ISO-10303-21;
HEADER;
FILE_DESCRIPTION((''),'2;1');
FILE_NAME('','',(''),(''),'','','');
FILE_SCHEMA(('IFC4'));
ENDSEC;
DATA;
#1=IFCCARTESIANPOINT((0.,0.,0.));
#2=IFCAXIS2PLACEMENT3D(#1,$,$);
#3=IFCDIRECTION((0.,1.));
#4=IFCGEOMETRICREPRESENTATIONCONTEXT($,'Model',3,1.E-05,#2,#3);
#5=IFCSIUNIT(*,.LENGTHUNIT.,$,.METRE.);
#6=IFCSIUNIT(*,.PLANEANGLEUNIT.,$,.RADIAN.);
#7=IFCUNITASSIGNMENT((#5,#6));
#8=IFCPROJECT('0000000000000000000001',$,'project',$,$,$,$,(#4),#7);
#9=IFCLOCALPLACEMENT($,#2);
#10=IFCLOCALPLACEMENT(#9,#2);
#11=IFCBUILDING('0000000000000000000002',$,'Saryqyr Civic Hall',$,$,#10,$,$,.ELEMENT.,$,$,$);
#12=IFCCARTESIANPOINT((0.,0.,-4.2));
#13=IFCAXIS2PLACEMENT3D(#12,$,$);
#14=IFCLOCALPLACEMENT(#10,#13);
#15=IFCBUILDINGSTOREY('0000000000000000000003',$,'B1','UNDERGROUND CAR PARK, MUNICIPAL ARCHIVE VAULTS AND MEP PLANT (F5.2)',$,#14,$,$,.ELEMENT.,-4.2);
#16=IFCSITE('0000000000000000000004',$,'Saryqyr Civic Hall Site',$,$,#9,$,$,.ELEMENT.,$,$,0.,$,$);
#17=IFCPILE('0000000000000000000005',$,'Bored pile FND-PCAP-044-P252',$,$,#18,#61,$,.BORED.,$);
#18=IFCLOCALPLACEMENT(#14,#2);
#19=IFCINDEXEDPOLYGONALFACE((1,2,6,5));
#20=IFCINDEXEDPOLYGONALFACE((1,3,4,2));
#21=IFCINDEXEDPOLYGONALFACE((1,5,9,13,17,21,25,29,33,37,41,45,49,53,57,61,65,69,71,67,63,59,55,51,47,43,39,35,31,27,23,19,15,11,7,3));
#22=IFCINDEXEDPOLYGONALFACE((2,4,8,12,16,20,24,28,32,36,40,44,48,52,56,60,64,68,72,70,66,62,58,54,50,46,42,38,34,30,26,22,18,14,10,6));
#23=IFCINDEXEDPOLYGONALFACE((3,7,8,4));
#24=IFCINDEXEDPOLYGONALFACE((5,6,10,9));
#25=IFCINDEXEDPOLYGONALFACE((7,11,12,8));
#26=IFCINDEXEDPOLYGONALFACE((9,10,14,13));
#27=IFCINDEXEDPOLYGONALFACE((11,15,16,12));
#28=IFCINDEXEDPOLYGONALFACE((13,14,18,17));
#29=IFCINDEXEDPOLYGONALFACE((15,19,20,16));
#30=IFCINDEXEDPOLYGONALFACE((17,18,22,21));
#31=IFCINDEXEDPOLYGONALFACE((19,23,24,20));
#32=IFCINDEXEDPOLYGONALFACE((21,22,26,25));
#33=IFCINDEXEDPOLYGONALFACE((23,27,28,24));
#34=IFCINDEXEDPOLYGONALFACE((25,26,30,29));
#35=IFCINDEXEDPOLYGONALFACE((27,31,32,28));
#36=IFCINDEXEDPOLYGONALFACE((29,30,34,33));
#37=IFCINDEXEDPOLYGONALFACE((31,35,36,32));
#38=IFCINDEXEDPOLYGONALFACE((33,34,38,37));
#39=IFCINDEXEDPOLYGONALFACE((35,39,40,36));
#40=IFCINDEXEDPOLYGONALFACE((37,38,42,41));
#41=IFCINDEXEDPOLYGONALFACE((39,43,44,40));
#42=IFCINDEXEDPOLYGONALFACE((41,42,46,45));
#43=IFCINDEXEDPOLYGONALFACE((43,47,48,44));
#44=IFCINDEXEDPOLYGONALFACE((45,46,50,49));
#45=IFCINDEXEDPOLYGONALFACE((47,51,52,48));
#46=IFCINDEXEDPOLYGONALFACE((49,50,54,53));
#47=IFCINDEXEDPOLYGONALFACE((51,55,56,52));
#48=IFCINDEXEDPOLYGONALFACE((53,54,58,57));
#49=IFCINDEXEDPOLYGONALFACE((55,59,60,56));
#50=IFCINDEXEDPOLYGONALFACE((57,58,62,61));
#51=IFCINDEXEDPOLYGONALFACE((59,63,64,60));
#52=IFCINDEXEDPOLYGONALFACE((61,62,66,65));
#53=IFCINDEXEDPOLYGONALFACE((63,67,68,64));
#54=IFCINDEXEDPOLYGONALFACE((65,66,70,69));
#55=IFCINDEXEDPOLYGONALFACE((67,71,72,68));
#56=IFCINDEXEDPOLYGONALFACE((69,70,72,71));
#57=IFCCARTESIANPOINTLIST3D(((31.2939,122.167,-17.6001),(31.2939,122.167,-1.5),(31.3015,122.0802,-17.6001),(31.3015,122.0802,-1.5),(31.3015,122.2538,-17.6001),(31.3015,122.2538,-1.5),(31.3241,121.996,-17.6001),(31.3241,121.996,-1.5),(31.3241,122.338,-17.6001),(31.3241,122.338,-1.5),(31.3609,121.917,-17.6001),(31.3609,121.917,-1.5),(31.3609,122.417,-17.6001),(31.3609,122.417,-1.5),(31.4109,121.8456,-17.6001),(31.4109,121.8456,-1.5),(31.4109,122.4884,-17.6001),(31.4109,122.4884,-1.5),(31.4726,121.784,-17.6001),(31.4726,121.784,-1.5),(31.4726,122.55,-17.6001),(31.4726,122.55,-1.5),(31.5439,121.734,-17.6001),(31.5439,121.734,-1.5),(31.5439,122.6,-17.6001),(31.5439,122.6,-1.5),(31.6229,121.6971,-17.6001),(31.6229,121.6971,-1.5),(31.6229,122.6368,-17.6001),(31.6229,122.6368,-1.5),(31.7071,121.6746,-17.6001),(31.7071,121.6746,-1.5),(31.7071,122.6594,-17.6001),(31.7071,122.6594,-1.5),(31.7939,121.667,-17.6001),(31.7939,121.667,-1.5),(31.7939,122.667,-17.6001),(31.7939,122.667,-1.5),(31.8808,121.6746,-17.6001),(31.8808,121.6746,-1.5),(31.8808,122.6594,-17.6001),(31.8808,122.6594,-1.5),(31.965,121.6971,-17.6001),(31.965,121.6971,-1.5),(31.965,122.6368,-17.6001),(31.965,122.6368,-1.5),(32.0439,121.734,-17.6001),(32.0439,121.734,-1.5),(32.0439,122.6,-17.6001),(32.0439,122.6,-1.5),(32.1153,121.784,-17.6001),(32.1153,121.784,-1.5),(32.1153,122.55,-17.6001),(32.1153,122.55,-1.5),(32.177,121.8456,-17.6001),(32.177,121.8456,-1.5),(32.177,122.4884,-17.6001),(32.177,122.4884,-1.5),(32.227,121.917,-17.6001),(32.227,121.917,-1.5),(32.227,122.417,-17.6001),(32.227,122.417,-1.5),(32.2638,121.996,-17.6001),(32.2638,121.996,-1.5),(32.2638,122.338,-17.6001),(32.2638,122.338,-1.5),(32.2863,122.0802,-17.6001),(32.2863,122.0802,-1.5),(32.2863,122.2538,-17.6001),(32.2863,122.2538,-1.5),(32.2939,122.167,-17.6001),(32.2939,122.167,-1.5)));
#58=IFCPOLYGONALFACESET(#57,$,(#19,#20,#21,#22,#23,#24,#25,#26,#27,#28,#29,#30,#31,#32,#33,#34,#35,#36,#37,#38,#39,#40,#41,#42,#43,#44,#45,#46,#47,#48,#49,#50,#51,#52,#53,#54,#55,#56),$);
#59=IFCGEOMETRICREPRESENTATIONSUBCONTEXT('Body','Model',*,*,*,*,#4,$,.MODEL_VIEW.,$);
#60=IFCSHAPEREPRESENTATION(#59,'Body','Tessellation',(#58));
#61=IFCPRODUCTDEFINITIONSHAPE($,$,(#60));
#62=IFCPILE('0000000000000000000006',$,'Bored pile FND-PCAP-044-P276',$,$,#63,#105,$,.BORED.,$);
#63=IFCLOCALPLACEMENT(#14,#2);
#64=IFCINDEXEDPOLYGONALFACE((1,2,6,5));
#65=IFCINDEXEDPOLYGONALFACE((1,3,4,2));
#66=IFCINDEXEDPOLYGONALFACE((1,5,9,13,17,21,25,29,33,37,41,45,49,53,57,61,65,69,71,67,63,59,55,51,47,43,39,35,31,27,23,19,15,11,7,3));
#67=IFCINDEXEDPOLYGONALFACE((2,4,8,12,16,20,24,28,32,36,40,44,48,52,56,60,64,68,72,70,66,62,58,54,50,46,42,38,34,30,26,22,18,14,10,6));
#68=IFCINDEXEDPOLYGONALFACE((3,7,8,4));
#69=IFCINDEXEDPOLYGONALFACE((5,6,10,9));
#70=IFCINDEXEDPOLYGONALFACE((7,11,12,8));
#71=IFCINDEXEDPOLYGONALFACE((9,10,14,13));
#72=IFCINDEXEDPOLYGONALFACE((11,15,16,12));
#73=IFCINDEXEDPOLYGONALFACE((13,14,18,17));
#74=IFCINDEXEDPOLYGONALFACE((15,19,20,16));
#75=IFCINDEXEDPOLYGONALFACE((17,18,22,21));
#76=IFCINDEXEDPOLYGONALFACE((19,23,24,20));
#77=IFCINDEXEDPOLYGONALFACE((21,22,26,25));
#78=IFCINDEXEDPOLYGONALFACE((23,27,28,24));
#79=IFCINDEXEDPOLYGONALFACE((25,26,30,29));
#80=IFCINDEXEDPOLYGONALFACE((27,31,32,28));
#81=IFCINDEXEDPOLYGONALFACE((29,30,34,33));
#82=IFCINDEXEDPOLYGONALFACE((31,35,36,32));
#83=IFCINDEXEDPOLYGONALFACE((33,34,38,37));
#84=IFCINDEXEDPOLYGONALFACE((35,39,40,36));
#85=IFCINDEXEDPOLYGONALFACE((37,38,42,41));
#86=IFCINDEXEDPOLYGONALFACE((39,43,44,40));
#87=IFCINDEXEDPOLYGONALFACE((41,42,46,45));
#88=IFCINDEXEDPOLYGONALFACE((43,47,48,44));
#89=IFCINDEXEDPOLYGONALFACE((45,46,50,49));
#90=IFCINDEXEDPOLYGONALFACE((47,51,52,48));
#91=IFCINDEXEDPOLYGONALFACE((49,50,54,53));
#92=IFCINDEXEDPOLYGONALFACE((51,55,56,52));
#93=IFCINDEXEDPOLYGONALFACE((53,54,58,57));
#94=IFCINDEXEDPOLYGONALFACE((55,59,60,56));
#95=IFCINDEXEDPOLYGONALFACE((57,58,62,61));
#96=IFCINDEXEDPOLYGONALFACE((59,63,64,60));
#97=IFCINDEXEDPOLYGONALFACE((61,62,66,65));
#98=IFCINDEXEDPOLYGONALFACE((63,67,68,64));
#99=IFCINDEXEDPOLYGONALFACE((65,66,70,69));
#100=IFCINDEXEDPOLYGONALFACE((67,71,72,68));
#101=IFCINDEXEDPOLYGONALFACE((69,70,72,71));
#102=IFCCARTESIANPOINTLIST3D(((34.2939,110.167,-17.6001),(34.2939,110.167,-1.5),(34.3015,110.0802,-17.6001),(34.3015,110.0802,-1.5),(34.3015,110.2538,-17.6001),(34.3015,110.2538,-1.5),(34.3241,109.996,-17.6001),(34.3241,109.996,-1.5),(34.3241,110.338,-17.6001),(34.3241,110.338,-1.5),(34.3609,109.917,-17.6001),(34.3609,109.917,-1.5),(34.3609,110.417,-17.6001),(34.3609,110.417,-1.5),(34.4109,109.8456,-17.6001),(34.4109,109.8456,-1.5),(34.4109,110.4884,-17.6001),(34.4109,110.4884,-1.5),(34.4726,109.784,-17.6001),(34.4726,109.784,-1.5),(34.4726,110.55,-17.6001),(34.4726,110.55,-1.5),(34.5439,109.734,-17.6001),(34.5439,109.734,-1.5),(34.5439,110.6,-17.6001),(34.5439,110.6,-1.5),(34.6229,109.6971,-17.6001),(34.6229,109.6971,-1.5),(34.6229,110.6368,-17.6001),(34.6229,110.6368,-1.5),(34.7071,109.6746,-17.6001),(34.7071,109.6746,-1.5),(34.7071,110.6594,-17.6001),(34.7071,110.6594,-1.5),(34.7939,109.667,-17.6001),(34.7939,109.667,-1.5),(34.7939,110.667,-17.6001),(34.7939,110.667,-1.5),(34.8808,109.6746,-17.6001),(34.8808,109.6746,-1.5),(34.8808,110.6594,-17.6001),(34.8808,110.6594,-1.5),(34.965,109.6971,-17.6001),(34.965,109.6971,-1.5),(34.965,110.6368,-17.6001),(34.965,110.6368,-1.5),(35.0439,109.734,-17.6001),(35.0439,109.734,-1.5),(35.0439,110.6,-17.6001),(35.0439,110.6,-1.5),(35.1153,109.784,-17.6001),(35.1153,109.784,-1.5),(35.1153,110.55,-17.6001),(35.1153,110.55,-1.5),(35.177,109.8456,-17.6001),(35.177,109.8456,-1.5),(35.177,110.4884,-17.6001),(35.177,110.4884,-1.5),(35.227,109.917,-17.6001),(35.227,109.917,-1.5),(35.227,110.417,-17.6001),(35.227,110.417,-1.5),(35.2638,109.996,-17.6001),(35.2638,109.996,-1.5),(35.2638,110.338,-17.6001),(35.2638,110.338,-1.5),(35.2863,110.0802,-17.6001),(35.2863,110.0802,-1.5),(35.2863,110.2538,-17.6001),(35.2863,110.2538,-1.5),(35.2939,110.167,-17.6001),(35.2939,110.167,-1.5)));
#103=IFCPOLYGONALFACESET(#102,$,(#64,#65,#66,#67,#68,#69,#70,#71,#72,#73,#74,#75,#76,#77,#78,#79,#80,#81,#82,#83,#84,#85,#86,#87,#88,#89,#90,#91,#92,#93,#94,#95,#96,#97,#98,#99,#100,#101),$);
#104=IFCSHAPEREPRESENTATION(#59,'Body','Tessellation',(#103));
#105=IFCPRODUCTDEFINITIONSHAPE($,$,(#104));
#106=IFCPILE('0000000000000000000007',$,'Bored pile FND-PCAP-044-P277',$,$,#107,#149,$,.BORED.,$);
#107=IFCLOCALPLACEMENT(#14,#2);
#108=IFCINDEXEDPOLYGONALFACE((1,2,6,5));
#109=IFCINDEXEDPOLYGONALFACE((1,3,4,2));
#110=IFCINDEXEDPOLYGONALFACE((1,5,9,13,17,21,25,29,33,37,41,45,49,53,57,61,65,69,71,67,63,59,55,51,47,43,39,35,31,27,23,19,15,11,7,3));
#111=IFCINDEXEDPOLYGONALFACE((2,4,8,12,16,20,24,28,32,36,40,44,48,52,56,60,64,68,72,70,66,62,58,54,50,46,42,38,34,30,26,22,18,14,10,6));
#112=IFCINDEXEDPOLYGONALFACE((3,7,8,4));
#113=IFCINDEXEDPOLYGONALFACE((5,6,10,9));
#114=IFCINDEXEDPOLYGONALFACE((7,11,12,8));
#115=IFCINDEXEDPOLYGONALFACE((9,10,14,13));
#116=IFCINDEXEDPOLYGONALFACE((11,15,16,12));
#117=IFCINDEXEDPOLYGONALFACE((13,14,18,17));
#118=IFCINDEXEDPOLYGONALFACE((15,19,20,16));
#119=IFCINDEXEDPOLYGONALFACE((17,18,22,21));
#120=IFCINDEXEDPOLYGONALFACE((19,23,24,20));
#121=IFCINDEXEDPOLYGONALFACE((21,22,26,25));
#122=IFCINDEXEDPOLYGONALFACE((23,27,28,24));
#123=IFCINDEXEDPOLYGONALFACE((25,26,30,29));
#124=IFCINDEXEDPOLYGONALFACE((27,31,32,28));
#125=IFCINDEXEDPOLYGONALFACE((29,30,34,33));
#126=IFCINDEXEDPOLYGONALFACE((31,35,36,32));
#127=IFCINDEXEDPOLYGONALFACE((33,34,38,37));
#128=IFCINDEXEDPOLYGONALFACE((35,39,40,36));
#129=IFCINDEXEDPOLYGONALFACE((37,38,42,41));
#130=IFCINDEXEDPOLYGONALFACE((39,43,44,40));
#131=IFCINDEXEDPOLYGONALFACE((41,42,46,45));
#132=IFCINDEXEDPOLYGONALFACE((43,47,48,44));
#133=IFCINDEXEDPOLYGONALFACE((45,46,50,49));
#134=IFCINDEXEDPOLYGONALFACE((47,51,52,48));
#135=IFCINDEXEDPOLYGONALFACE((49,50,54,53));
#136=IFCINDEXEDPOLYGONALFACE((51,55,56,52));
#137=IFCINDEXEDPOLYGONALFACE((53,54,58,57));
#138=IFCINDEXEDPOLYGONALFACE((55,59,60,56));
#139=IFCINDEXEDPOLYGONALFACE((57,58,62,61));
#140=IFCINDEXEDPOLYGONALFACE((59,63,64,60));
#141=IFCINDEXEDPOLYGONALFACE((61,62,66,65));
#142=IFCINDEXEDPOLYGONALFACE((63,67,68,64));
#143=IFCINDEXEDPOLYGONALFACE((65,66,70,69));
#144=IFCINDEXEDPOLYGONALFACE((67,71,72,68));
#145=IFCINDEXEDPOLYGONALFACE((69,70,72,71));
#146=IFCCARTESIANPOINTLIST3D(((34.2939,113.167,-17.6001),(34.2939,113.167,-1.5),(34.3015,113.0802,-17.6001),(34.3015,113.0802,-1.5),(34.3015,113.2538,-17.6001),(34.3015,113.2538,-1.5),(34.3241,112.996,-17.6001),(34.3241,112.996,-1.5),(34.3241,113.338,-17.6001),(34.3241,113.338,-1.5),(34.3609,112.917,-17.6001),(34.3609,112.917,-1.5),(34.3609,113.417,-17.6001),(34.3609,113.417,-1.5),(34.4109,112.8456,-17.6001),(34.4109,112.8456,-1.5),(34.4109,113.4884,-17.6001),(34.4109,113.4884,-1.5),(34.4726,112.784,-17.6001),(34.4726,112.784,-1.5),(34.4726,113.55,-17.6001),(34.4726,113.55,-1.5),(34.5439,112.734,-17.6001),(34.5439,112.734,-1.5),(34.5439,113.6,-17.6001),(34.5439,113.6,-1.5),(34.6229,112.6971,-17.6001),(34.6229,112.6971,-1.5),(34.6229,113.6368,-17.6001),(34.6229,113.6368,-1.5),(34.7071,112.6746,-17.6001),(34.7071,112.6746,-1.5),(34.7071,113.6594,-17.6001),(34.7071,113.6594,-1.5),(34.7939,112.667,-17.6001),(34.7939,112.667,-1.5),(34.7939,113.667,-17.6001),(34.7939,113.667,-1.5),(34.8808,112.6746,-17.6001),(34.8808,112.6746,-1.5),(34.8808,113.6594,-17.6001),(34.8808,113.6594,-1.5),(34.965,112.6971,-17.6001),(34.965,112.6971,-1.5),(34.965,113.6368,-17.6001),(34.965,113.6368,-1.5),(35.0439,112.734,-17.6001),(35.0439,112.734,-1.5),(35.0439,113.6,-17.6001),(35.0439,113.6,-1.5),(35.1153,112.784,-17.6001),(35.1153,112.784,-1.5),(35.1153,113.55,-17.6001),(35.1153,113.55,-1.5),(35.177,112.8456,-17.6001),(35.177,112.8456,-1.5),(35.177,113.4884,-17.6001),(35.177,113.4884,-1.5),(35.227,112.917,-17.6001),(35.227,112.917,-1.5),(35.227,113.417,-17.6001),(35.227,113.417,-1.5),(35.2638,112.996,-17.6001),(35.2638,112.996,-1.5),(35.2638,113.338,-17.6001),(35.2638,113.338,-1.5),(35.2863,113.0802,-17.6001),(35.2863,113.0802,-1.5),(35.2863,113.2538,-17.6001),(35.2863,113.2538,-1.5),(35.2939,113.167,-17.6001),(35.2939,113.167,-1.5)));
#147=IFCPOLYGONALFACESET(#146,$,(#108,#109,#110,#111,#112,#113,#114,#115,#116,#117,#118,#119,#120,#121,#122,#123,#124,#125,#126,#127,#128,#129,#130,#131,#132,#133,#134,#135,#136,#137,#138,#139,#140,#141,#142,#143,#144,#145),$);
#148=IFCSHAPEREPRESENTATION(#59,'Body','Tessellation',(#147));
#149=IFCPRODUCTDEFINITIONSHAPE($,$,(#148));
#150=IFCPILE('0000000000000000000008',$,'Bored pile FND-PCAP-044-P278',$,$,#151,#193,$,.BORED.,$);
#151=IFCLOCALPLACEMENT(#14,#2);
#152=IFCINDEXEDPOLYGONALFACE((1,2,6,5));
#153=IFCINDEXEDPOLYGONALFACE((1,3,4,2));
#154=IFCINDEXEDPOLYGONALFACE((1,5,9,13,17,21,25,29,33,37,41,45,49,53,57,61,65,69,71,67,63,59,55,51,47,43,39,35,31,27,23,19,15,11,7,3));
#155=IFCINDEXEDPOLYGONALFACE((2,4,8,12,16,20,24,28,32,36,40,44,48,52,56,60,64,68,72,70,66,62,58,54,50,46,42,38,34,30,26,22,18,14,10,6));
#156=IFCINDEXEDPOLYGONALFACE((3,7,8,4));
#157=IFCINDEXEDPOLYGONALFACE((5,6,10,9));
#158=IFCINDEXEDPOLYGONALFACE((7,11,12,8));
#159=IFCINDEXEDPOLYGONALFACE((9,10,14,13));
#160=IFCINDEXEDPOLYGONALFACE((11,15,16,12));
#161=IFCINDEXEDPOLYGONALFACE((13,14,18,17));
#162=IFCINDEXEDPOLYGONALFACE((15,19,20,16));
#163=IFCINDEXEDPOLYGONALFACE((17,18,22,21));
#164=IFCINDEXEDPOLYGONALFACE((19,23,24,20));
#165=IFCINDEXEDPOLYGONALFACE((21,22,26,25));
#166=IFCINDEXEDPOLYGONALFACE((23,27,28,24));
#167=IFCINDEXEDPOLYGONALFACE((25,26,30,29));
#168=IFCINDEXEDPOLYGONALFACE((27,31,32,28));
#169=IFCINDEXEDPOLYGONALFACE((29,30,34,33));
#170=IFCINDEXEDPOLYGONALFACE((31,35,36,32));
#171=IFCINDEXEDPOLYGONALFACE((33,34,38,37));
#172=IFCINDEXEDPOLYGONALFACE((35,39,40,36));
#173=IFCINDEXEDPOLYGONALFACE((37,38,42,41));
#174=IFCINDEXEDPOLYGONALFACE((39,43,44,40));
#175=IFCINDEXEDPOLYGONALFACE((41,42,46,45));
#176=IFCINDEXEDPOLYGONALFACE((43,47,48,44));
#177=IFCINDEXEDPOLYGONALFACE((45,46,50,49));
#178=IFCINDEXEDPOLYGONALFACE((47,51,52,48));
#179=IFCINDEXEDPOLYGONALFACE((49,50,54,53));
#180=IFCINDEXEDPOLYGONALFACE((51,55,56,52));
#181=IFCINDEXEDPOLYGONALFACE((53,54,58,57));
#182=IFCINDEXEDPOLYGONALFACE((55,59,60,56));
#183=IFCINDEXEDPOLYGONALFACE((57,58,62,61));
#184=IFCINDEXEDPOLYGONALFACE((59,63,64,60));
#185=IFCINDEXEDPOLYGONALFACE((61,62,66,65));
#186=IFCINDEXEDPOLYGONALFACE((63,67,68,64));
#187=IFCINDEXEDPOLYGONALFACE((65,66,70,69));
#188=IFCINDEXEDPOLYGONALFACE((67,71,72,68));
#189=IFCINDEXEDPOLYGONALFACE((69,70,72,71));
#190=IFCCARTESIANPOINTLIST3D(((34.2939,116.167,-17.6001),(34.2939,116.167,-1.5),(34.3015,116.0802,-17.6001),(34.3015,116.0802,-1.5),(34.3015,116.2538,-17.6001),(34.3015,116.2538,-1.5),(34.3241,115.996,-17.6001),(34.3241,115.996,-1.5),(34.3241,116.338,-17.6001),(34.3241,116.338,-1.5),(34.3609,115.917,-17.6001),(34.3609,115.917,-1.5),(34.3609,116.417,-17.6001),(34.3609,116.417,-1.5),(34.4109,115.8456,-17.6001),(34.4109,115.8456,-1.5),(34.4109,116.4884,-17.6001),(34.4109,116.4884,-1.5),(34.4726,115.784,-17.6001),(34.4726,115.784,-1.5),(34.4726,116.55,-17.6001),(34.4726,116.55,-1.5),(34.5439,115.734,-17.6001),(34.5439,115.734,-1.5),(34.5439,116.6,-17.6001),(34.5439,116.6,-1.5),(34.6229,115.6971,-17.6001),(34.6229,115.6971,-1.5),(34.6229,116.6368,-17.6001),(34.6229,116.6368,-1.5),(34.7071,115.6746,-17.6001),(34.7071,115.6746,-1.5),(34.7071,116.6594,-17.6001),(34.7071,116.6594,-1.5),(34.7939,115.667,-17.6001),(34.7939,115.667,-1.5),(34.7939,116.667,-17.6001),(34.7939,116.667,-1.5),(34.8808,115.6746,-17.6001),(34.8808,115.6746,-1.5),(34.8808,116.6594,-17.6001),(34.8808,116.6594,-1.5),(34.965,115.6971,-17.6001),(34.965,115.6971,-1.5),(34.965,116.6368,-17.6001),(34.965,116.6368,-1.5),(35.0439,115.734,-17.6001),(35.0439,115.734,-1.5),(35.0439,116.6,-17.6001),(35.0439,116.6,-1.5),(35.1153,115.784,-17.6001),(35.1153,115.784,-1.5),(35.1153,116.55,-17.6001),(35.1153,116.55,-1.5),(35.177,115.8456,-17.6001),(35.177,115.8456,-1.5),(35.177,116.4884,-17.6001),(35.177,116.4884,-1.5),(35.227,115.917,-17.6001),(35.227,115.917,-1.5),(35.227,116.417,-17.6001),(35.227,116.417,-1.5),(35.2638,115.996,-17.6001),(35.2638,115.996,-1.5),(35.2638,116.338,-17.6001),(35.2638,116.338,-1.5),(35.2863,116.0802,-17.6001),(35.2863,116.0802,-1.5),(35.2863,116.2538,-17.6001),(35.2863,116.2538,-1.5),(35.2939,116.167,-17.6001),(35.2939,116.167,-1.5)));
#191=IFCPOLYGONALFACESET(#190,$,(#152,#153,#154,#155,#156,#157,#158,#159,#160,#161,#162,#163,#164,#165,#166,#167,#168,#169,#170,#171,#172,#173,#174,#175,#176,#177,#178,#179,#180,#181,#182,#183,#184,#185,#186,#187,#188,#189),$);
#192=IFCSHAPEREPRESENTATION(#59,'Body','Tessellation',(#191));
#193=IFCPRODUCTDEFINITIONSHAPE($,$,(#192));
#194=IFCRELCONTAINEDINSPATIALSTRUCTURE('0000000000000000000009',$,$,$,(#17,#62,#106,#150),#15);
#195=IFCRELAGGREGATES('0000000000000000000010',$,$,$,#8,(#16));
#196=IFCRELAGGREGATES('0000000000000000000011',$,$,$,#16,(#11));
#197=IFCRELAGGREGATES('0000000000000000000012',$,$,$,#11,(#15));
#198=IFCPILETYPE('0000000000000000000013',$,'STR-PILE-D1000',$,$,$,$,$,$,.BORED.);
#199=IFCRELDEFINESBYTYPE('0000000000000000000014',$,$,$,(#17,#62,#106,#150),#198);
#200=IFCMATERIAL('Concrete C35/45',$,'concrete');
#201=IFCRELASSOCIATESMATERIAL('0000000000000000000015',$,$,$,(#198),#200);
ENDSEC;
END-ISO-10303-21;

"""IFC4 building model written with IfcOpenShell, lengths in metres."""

from ifc_helpers import new_model, si_unit, direction, frame, origin, origin_2d, place, context, subcontext, project, spatial, circle, extrude, material, material_profile, profile_set, type_object, element, save


model = new_model("IFC4")

# Units and contexts
model_context = context("Model", 3, precision=1e-05, world=origin(), true_north=direction((0.0, 1.0)))
body_context = subcontext(model_context, "Body", "Model", "MODEL_VIEW")
ifc_project = project(units=[si_unit("LENGTHUNIT", "METRE"), si_unit("PLANEANGLEUNIT", "RADIAN")], contexts=[model_context])

# Site, building, storey
site_placement = place(None, origin())
site = spatial("IfcSite", under=ifc_project, at=site_placement, Name="Saryqyr Civic Hall Site", CompositionType="ELEMENT", RefElevation=0.0)
building_placement = place(site_placement, origin())
building = spatial("IfcBuilding", under=site, at=building_placement, Name="Saryqyr Civic Hall", CompositionType="ELEMENT")
storey_placement = place(building_placement, frame((0.0, 0.0, -4.2)))
storey = spatial("IfcBuildingStorey", under=building, at=storey_placement, Name="B1", Description="UNDERGROUND CAR PARK, MUNICIPAL ARCHIVE VAULTS AND MEP PLANT (F5.2)", CompositionType="ELEMENT", Elevation=-4.2)

# Piles
ifc_material_1 = material(Name="Concrete C35/45", Category="concrete")
ifc_material_profile_1 = material_profile(ifc_material_1, circle(Radius=0.5, at=origin_2d()), Name="BORED PILE D1000")
ifc_profile_set_1 = profile_set([ifc_material_profile_1], Name="Concrete C35/45")
pile_type = type_object("IfcPileType", Name="STR-PILE-D1000", PredefinedType="BORED", material=ifc_profile_set_1)
for number, where, z_axis, x_axis, name in (
    (1, (31.7939, 122.167, -1.5), (0.0, 0.0, -1.0), (1.0, 0.0, 0.0), "Bored pile FND-PCAP-044-P252"),
    (2, (34.7939, 110.167, -1.5), (0.0, 0.0, -1.0), (1.0, 0.0, 0.0), "Bored pile FND-PCAP-044-P276"),
    (3, (34.7939, 113.167, -1.5), (0.0, 0.0, -1.0), (1.0, 0.0, 0.0), "Bored pile FND-PCAP-044-P277"),
    (4, (34.7939, 116.167, -1.5), (0.0, 0.0, -1.0), (1.0, 0.0, 0.0), "Bored pile FND-PCAP-044-P278"),
):
    element("IfcPile", number, at=place(storey_placement, frame(where, z_axis=z_axis, x_axis=x_axis)), inside=storey, type_object=pile_type, Name=name, PredefinedType="BORED", context=body_context, shape_type="SweptSolid", body=[
        extrude(circle(Radius=0.5, at=origin_2d()), origin(), (0.0, 0.0, 1.0), 16.1001),
    ])

save(model, "model.ifc")
